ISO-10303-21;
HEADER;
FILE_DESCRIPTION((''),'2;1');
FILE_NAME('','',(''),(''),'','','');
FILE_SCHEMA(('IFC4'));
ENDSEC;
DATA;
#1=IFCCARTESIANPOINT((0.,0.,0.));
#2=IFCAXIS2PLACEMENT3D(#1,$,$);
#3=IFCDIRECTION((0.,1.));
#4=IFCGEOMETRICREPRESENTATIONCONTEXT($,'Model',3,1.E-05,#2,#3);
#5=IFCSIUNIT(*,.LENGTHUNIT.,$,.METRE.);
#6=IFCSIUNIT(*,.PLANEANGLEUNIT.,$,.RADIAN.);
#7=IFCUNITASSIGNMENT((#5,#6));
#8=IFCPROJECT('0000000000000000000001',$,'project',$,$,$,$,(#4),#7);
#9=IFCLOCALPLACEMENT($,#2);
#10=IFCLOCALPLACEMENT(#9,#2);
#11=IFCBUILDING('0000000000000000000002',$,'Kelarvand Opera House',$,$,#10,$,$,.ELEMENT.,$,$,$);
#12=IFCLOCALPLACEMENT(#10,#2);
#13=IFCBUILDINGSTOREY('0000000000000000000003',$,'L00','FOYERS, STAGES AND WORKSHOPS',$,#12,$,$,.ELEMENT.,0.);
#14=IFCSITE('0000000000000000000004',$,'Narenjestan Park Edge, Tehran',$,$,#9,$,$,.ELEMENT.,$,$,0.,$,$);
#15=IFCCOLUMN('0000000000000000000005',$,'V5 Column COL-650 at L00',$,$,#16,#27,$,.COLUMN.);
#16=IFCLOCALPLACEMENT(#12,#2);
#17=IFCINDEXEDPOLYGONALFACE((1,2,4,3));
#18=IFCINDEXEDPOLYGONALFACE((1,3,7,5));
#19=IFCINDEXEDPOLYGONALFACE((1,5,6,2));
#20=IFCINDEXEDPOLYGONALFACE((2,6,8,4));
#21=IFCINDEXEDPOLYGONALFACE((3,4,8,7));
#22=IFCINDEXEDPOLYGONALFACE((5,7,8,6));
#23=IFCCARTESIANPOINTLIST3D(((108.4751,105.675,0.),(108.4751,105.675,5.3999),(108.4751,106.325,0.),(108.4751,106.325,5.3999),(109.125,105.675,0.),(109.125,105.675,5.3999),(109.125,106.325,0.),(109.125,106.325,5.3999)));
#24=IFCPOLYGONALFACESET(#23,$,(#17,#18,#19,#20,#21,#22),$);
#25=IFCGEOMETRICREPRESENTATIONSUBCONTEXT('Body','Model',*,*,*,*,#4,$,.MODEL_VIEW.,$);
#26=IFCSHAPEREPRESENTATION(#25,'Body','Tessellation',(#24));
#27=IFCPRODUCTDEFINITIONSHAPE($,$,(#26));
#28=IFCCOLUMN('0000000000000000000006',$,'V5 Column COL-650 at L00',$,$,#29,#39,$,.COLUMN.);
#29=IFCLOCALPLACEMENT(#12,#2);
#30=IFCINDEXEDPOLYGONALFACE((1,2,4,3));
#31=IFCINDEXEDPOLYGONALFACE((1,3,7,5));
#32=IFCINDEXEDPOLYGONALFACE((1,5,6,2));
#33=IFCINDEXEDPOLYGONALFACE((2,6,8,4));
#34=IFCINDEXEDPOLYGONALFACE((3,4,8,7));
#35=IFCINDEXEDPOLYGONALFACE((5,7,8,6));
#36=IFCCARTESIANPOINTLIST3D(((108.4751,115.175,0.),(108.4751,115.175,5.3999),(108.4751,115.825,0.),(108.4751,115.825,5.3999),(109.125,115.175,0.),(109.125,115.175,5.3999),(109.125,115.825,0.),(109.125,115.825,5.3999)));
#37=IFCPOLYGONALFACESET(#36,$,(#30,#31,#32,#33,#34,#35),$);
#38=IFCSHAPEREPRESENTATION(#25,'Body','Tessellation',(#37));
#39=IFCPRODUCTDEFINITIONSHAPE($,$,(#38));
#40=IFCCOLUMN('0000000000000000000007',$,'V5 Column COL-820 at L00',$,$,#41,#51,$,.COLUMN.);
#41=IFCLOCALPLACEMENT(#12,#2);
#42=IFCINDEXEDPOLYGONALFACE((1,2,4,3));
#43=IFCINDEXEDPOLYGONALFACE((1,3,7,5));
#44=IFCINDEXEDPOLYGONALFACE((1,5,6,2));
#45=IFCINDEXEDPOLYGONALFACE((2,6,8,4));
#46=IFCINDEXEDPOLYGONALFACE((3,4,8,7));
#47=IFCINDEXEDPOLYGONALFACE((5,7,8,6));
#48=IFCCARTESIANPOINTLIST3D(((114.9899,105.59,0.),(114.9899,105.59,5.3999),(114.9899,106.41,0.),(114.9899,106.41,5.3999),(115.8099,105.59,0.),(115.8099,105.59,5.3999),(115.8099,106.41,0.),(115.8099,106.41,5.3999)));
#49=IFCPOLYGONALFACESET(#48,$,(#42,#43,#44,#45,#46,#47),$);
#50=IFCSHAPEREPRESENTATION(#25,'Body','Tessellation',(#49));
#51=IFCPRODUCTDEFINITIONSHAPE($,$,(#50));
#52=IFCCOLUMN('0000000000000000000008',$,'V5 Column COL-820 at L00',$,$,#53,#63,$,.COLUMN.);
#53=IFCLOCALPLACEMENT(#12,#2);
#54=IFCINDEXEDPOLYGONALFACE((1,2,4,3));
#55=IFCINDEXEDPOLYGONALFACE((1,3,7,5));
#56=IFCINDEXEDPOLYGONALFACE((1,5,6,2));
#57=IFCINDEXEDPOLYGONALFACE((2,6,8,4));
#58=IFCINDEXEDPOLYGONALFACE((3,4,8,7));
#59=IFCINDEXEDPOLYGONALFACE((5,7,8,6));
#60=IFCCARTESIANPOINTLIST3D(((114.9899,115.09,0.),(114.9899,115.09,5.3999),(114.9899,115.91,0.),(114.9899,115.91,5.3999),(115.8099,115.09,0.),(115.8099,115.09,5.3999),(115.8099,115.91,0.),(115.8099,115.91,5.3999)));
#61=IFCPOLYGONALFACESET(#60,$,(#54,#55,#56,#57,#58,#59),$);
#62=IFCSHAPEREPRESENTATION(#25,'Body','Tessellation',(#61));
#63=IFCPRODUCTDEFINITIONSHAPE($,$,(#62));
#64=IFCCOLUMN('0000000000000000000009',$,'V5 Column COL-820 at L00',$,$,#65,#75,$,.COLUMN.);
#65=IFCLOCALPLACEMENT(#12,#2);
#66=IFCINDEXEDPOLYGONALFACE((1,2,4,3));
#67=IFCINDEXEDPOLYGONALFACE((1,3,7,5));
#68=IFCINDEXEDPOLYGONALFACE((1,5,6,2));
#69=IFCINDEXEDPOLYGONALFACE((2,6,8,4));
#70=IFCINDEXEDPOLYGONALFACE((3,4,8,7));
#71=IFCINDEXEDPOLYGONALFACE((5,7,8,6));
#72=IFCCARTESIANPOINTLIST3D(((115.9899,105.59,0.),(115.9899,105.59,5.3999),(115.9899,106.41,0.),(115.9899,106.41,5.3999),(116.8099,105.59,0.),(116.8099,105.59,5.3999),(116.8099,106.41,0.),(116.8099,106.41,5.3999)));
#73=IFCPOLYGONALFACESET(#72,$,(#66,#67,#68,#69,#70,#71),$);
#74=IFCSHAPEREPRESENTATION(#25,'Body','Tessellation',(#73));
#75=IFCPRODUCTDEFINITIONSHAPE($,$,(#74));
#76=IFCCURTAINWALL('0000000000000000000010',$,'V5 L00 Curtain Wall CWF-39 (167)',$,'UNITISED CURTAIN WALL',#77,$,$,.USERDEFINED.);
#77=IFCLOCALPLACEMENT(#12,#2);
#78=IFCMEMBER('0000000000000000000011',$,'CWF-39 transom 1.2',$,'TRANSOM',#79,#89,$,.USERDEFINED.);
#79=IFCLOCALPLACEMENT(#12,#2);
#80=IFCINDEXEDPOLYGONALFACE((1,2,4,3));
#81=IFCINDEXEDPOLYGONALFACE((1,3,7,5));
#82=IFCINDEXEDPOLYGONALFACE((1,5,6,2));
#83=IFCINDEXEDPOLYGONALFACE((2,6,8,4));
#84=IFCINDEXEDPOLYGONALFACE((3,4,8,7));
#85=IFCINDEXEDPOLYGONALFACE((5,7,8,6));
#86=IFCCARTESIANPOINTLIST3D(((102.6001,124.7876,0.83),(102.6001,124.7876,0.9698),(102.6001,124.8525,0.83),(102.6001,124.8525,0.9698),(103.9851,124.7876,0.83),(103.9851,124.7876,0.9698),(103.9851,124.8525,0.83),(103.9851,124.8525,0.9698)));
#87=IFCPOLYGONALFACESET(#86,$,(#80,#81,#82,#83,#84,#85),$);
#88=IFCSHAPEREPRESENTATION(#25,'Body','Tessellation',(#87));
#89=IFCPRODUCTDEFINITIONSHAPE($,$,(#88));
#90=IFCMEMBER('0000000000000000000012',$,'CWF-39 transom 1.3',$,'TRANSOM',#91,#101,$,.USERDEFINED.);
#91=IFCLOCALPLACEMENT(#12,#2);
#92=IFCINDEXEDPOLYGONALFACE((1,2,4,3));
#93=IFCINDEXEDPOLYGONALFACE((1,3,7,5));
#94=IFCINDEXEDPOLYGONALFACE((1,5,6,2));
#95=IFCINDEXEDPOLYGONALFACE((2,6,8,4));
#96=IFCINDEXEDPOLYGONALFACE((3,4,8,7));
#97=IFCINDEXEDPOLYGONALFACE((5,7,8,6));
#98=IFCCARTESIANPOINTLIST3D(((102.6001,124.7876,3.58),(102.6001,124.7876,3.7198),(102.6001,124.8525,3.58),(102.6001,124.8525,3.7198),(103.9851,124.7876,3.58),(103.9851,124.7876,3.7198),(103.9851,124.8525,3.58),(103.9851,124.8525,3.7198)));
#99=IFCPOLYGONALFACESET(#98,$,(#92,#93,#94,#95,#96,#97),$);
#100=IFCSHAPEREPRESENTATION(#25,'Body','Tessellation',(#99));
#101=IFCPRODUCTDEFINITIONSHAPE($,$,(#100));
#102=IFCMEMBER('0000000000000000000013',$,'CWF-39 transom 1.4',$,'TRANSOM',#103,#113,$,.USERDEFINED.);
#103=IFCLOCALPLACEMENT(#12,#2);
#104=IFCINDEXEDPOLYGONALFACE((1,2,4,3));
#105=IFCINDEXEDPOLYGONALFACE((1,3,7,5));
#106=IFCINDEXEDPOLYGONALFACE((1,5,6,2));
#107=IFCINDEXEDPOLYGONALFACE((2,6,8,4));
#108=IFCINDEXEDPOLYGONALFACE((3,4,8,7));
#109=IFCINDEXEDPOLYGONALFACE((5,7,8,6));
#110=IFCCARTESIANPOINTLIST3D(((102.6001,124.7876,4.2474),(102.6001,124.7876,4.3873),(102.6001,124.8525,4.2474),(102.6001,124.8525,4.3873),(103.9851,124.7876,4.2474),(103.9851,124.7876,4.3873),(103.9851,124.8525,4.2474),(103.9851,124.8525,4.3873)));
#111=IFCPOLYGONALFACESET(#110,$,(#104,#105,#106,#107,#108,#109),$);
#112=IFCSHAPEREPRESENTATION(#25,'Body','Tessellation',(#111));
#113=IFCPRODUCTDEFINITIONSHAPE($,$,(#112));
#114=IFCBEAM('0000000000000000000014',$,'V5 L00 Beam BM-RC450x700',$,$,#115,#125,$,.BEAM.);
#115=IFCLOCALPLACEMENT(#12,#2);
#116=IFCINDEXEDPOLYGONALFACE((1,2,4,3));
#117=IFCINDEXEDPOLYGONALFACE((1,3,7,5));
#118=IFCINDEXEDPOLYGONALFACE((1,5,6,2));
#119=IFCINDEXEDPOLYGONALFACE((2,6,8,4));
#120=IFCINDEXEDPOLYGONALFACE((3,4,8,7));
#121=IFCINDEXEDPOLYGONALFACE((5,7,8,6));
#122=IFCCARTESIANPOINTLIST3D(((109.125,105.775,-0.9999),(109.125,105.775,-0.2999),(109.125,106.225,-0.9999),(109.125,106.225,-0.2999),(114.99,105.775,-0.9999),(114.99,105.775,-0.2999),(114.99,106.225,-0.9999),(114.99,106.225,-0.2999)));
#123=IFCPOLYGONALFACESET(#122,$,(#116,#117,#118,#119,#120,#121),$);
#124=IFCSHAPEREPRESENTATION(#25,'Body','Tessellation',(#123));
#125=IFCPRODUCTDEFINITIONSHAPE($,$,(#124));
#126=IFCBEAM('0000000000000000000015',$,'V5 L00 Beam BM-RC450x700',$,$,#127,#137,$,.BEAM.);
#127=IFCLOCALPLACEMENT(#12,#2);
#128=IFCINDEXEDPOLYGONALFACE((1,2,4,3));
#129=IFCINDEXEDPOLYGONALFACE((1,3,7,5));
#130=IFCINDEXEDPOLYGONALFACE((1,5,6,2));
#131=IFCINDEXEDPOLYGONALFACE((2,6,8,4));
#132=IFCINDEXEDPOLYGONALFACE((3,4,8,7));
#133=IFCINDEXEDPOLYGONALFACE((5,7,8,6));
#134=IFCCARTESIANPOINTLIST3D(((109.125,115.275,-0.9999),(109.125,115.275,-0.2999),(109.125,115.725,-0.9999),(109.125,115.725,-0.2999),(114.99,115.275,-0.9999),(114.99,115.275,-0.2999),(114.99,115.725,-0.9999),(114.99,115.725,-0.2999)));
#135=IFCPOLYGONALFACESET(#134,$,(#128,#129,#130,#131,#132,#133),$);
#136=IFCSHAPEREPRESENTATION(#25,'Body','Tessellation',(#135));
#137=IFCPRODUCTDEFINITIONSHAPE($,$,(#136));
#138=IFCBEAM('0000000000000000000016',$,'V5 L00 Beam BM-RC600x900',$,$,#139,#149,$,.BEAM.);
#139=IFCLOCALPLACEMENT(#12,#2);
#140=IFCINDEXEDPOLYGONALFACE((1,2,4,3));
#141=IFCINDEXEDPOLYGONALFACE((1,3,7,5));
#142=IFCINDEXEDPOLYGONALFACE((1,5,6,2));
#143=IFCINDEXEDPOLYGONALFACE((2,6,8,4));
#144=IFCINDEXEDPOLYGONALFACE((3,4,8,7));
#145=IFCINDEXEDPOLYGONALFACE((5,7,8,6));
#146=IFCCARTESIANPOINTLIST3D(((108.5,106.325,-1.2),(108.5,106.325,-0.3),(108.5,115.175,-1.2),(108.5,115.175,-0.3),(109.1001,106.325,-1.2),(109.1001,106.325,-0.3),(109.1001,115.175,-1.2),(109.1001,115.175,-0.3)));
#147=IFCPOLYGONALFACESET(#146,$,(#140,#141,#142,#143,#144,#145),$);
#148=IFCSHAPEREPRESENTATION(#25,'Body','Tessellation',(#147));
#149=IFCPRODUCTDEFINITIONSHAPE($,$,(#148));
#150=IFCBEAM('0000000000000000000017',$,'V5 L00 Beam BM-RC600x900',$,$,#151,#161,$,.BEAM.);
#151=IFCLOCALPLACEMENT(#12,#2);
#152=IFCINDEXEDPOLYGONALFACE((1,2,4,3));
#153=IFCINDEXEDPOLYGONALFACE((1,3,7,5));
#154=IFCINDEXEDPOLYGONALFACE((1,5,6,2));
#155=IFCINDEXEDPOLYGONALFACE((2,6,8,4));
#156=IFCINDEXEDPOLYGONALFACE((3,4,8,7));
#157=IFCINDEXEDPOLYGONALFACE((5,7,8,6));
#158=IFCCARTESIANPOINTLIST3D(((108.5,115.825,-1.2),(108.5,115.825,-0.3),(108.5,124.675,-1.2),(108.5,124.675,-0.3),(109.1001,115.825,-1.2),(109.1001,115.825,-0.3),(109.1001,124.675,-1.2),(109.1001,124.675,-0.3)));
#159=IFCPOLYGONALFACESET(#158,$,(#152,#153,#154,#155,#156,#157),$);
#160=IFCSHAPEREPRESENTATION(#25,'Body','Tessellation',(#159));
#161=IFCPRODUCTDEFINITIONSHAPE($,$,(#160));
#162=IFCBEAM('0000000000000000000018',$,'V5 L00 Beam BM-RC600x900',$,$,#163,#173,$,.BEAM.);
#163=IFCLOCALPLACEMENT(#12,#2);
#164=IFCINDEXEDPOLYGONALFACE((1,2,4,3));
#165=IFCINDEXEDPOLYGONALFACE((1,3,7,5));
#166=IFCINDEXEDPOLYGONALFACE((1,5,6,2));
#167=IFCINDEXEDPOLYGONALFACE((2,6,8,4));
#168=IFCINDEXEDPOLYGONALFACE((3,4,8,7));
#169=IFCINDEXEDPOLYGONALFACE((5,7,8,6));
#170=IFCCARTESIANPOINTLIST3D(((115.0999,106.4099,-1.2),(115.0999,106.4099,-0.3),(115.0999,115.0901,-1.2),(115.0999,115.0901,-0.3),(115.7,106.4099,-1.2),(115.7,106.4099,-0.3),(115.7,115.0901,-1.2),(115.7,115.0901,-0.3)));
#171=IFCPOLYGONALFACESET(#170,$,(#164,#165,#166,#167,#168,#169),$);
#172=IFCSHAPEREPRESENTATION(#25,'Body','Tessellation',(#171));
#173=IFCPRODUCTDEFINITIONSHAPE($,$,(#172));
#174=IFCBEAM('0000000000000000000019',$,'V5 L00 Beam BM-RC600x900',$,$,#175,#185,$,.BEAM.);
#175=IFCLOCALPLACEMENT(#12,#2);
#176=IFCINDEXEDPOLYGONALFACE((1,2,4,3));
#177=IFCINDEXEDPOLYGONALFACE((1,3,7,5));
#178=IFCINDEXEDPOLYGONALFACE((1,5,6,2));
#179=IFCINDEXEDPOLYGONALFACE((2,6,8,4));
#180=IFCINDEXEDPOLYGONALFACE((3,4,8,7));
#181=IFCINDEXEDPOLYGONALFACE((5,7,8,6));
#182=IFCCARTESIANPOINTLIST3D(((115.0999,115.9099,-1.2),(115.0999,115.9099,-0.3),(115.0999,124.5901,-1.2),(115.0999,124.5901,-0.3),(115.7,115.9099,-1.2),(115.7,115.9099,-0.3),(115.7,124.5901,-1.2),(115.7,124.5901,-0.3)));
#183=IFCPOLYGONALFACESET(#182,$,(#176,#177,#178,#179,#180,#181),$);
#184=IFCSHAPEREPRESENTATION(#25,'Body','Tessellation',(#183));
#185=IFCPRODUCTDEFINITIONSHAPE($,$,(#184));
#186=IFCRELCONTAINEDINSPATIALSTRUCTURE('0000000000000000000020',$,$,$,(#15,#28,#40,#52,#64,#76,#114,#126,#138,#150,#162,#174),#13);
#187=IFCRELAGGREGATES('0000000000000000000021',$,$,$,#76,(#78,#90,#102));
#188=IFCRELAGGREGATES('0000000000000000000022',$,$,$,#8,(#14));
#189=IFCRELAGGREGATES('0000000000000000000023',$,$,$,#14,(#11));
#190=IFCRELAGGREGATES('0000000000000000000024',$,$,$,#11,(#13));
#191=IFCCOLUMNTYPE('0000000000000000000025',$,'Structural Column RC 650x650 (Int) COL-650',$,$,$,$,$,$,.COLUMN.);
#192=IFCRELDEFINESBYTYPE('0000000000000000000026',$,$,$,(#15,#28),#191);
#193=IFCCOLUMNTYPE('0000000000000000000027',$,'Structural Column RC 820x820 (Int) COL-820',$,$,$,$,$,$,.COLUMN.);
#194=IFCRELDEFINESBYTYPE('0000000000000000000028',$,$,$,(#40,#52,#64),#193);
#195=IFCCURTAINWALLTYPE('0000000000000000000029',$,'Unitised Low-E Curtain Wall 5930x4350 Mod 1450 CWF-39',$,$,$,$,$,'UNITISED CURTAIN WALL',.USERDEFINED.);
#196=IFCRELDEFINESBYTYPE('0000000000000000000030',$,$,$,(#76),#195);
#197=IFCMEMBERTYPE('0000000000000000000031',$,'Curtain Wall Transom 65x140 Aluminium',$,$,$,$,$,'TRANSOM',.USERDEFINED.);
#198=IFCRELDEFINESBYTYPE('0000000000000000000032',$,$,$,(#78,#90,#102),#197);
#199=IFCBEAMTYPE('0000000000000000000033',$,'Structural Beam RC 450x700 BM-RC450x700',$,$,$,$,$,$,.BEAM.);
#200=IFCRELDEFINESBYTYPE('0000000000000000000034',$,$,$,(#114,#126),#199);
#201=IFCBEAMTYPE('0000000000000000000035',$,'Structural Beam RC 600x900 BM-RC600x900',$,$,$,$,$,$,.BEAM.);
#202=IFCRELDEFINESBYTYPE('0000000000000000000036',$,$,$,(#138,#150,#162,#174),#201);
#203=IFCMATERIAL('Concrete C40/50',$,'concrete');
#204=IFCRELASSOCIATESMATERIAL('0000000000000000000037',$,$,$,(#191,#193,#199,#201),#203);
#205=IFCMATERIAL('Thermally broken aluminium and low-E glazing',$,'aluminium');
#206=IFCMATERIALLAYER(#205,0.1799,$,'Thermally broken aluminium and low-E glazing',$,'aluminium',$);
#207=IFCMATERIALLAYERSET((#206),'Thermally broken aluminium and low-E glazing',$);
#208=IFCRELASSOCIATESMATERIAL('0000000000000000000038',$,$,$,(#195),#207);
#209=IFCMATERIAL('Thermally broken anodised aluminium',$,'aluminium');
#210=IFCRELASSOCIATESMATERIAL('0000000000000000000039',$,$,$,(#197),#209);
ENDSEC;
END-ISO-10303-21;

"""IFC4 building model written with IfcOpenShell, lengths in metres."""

from ifc_helpers import new_model, si_unit, direction, frame, origin, origin_2d, place, context, subcontext, project, spatial, rectangle, extrude, material, layer, layer_set, material_profile, profile_set, type_object, element, aggregate, save


model = new_model("IFC4")

# Units and contexts
model_context = context("Model", 3, precision=1e-05, world=origin(), true_north=direction((0.0, 1.0)))
body_context = subcontext(model_context, "Body", "Model", "MODEL_VIEW")
ifc_project = project(units=[si_unit("LENGTHUNIT", "METRE"), si_unit("PLANEANGLEUNIT", "RADIAN")], contexts=[model_context])

# Site, building, storey
site_placement = place(None, origin())
site = spatial("IfcSite", under=ifc_project, at=site_placement, Name="Narenjestan Park Edge, Tehran", CompositionType="ELEMENT", RefElevation=0.0)
building_placement = place(site_placement, origin())
building = spatial("IfcBuilding", under=site, at=building_placement, Name="Kelarvand Opera House", CompositionType="ELEMENT")
storey_placement = place(building_placement, origin())
storey = spatial("IfcBuildingStorey", under=building, at=storey_placement, Name="L00", Description="FOYERS, STAGES AND WORKSHOPS", CompositionType="ELEMENT", Elevation=0.0)

# Columns
ifc_material_1 = material(Name="Concrete C40/50", Category="concrete")
ifc_material_profile_1 = material_profile(ifc_material_1, rectangle(XDim=0.6499, YDim=0.6499, at=origin_2d()), Name="RC 650x650", Category="concrete")
ifc_profile_set_1 = profile_set([ifc_material_profile_1], Name="Concrete C40/50")
column_type_1 = type_object("IfcColumnType", Name="Structural Column RC 650x650 (Int) COL-650", PredefinedType="COLUMN", material=ifc_profile_set_1)
for number, where, z_axis, x_axis, name in (
    (1, (108.8, 106.0, 0.0), (0.0, 0.0, 1.0), (1.0, 0.0, 0.0), "V5 Column COL-650 at L00"),
    (2, (108.8, 115.5, 0.0), (0.0, 0.0, 1.0), (1.0, 0.0, 0.0), "V5 Column COL-650 at L00"),
):
    element("IfcColumn", number, at=place(storey_placement, frame(where, z_axis=z_axis, x_axis=x_axis)), inside=storey, type_object=column_type_1, Name=name, PredefinedType="COLUMN", context=body_context, shape_type="SweptSolid", body=[
        extrude(rectangle(XDim=0.6499, YDim=0.6499, at=origin_2d()), origin(), (0.0, 0.0, 1.0), 5.3999),
    ])
ifc_material_profile_2 = material_profile(ifc_material_1, rectangle(XDim=0.8201, YDim=0.8201, at=origin_2d()), Name="RC 820x820", Category="concrete")
ifc_profile_set_2 = profile_set([ifc_material_profile_2], Name="Concrete C40/50")
column_type_2 = type_object("IfcColumnType", Name="Structural Column RC 820x820 (Int) COL-820", PredefinedType="COLUMN", material=ifc_profile_set_2)
for number, where, z_axis, x_axis, name in (
    (3, (115.3999, 106.0, 0.0), (0.0, 0.0, 1.0), (1.0, 0.0, 0.0), "V5 Column COL-820 at L00"),
    (4, (115.3999, 115.5, 0.0), (0.0, 0.0, 1.0), (1.0, 0.0, 0.0), "V5 Column COL-820 at L00"),
    (5, (116.3999, 106.0, 0.0), (0.0, 0.0, 1.0), (1.0, 0.0, 0.0), "V5 Column COL-820 at L00"),
):
    element("IfcColumn", number, at=place(storey_placement, frame(where, z_axis=z_axis, x_axis=x_axis)), inside=storey, type_object=column_type_2, Name=name, PredefinedType="COLUMN", context=body_context, shape_type="SweptSolid", body=[
        extrude(rectangle(XDim=0.8201, YDim=0.8201, at=origin_2d()), origin(), (0.0, 0.0, 1.0), 5.3999),
    ])

# Curtain wall, members
ifc_material_2 = material(Name="Thermally broken aluminium and low-E glazing", Category="aluminium")
ifc_layer_1 = layer(ifc_material_2, 0.1799, Name="Thermally broken aluminium and low-E glazing", Category="aluminium")
ifc_layer_set_1 = layer_set([ifc_layer_1], Name="Thermally broken aluminium and low-E glazing")
curtain_wall_type = type_object("IfcCurtainWallType", Name="Unitised Low-E Curtain Wall 5930x4350 Mod 1450 CWF-39", ElementType="UNITISED CURTAIN WALL", PredefinedType="USERDEFINED", material=ifc_layer_set_1)
curtain_wall_placement = place(storey_placement, origin())
curtain_wall = element("IfcCurtainWall", 6, at=curtain_wall_placement, inside=storey, type_object=curtain_wall_type, Name="V5 L00 Curtain Wall CWF-39 (167)", ObjectType="UNITISED CURTAIN WALL", PredefinedType="USERDEFINED")
ifc_material_3 = material(Name="Thermally broken anodised aluminium", Category="aluminium")
ifc_material_profile_3 = material_profile(ifc_material_3, rectangle(XDim=0.0649, YDim=0.1399, at=origin_2d()), Name="ALU TRANSOM 65x140", Category="aluminium")
ifc_profile_set_3 = profile_set([ifc_material_profile_3], Name="Thermally broken anodised aluminium")
member_type = type_object("IfcMemberType", Name="Curtain Wall Transom 65x140 Aluminium", ElementType="TRANSOM", PredefinedType="USERDEFINED", material=ifc_profile_set_3)
member_1_placement = place(storey_placement, frame((102.6001, 124.8201, 0.8999), z_axis=(1.0, 0.0, 0.0), x_axis=(0.0, 1.0, 0.0)))
member_1 = element("IfcMember", 7, at=member_1_placement, type_object=member_type, Name="CWF-39 transom 1.2", ObjectType="TRANSOM", PredefinedType="USERDEFINED", context=body_context, shape_type="SweptSolid", body=[
    extrude(rectangle(XDim=0.0649, YDim=0.1399, at=origin_2d()), origin(), (0.0, 0.0, 1.0), 1.385),
])
member_2_placement = place(storey_placement, frame((102.6001, 124.8201, 3.6499), z_axis=(1.0, 0.0, 0.0), x_axis=(0.0, 1.0, 0.0)))
member_2 = element("IfcMember", 8, at=member_2_placement, type_object=member_type, Name="CWF-39 transom 1.3", ObjectType="TRANSOM", PredefinedType="USERDEFINED", context=body_context, shape_type="SweptSolid", body=[
    extrude(rectangle(XDim=0.0649, YDim=0.1399, at=origin_2d()), origin(), (0.0, 0.0, 1.0), 1.385),
])
member_3_placement = place(storey_placement, frame((102.6001, 124.8201, 4.3174), z_axis=(1.0, 0.0, 0.0), x_axis=(0.0, 1.0, 0.0)))
member_3 = element("IfcMember", 9, at=member_3_placement, type_object=member_type, Name="CWF-39 transom 1.4", ObjectType="TRANSOM", PredefinedType="USERDEFINED", context=body_context, shape_type="SweptSolid", body=[
    extrude(rectangle(XDim=0.0649, YDim=0.1399, at=origin_2d()), origin(), (0.0, 0.0, 1.0), 1.385),
])

# Beams
ifc_material_profile_4 = material_profile(ifc_material_1, rectangle(XDim=0.45, YDim=0.7, at=origin_2d()), Name="RC 450x700", Category="concrete")
ifc_profile_set_4 = profile_set([ifc_material_profile_4], Name="Concrete C40/50")
beam_type_1 = type_object("IfcBeamType", Name="Structural Beam RC 450x700 BM-RC450x700", PredefinedType="BEAM", material=ifc_profile_set_4)
for number, where, z_axis, x_axis, name in (
    (10, (109.125, 106.0, -0.6499), (1.0, 0.0, 0.0), (0.0, 1.0, 0.0), "V5 L00 Beam BM-RC450x700"),
    (11, (109.125, 115.5, -0.6499), (1.0, 0.0, 0.0), (0.0, 1.0, 0.0), "V5 L00 Beam BM-RC450x700"),
):
    element("IfcBeam", number, at=place(storey_placement, frame(where, z_axis=z_axis, x_axis=x_axis)), inside=storey, type_object=beam_type_1, Name=name, PredefinedType="BEAM", context=body_context, shape_type="SweptSolid", body=[
        extrude(rectangle(XDim=0.45, YDim=0.7, at=origin_2d()), origin(), (0.0, 0.0, 1.0), 5.865),
    ])
ifc_material_profile_5 = material_profile(ifc_material_1, rectangle(XDim=0.6001, YDim=0.8999, at=origin_2d()), Name="RC 600x900", Category="concrete")
ifc_profile_set_5 = profile_set([ifc_material_profile_5], Name="Concrete C40/50")
beam_type_2 = type_object("IfcBeamType", Name="Structural Beam RC 600x900 BM-RC600x900", PredefinedType="BEAM", material=ifc_profile_set_5)
for number, where, z_axis, x_axis, name in (
    (12, (108.8, 106.325, -0.75), (0.0, 1.0, 0.0), (-1.0, 0.0, 0.0), "V5 L00 Beam BM-RC600x900"),
    (13, (108.8, 115.825, -0.75), (0.0, 1.0, 0.0), (-1.0, 0.0, 0.0), "V5 L00 Beam BM-RC600x900"),
):
    element("IfcBeam", number, at=place(storey_placement, frame(where, z_axis=z_axis, x_axis=x_axis)), inside=storey, type_object=beam_type_2, Name=name, PredefinedType="BEAM", context=body_context, shape_type="SweptSolid", body=[
        extrude(rectangle(XDim=0.6001, YDim=0.8999, at=origin_2d()), origin(), (0.0, 0.0, 1.0), 8.8501),
    ])
for number, where, z_axis, x_axis, name in (
    (14, (115.3999, 106.4099, -0.75), (0.0, 1.0, 0.0), (-1.0, 0.0, 0.0), "V5 L00 Beam BM-RC600x900"),
    (15, (115.3999, 115.9099, -0.75), (0.0, 1.0, 0.0), (-1.0, 0.0, 0.0), "V5 L00 Beam BM-RC600x900"),
):
    element("IfcBeam", number, at=place(storey_placement, frame(where, z_axis=z_axis, x_axis=x_axis)), inside=storey, type_object=beam_type_2, Name=name, PredefinedType="BEAM", context=body_context, shape_type="SweptSolid", body=[
        extrude(rectangle(XDim=0.6001, YDim=0.8999, at=origin_2d()), origin(), (0.0, 0.0, 1.0), 8.6802),
    ])

aggregate(curtain_wall, [member_1, member_2, member_3])

save(model, "model.ifc")
